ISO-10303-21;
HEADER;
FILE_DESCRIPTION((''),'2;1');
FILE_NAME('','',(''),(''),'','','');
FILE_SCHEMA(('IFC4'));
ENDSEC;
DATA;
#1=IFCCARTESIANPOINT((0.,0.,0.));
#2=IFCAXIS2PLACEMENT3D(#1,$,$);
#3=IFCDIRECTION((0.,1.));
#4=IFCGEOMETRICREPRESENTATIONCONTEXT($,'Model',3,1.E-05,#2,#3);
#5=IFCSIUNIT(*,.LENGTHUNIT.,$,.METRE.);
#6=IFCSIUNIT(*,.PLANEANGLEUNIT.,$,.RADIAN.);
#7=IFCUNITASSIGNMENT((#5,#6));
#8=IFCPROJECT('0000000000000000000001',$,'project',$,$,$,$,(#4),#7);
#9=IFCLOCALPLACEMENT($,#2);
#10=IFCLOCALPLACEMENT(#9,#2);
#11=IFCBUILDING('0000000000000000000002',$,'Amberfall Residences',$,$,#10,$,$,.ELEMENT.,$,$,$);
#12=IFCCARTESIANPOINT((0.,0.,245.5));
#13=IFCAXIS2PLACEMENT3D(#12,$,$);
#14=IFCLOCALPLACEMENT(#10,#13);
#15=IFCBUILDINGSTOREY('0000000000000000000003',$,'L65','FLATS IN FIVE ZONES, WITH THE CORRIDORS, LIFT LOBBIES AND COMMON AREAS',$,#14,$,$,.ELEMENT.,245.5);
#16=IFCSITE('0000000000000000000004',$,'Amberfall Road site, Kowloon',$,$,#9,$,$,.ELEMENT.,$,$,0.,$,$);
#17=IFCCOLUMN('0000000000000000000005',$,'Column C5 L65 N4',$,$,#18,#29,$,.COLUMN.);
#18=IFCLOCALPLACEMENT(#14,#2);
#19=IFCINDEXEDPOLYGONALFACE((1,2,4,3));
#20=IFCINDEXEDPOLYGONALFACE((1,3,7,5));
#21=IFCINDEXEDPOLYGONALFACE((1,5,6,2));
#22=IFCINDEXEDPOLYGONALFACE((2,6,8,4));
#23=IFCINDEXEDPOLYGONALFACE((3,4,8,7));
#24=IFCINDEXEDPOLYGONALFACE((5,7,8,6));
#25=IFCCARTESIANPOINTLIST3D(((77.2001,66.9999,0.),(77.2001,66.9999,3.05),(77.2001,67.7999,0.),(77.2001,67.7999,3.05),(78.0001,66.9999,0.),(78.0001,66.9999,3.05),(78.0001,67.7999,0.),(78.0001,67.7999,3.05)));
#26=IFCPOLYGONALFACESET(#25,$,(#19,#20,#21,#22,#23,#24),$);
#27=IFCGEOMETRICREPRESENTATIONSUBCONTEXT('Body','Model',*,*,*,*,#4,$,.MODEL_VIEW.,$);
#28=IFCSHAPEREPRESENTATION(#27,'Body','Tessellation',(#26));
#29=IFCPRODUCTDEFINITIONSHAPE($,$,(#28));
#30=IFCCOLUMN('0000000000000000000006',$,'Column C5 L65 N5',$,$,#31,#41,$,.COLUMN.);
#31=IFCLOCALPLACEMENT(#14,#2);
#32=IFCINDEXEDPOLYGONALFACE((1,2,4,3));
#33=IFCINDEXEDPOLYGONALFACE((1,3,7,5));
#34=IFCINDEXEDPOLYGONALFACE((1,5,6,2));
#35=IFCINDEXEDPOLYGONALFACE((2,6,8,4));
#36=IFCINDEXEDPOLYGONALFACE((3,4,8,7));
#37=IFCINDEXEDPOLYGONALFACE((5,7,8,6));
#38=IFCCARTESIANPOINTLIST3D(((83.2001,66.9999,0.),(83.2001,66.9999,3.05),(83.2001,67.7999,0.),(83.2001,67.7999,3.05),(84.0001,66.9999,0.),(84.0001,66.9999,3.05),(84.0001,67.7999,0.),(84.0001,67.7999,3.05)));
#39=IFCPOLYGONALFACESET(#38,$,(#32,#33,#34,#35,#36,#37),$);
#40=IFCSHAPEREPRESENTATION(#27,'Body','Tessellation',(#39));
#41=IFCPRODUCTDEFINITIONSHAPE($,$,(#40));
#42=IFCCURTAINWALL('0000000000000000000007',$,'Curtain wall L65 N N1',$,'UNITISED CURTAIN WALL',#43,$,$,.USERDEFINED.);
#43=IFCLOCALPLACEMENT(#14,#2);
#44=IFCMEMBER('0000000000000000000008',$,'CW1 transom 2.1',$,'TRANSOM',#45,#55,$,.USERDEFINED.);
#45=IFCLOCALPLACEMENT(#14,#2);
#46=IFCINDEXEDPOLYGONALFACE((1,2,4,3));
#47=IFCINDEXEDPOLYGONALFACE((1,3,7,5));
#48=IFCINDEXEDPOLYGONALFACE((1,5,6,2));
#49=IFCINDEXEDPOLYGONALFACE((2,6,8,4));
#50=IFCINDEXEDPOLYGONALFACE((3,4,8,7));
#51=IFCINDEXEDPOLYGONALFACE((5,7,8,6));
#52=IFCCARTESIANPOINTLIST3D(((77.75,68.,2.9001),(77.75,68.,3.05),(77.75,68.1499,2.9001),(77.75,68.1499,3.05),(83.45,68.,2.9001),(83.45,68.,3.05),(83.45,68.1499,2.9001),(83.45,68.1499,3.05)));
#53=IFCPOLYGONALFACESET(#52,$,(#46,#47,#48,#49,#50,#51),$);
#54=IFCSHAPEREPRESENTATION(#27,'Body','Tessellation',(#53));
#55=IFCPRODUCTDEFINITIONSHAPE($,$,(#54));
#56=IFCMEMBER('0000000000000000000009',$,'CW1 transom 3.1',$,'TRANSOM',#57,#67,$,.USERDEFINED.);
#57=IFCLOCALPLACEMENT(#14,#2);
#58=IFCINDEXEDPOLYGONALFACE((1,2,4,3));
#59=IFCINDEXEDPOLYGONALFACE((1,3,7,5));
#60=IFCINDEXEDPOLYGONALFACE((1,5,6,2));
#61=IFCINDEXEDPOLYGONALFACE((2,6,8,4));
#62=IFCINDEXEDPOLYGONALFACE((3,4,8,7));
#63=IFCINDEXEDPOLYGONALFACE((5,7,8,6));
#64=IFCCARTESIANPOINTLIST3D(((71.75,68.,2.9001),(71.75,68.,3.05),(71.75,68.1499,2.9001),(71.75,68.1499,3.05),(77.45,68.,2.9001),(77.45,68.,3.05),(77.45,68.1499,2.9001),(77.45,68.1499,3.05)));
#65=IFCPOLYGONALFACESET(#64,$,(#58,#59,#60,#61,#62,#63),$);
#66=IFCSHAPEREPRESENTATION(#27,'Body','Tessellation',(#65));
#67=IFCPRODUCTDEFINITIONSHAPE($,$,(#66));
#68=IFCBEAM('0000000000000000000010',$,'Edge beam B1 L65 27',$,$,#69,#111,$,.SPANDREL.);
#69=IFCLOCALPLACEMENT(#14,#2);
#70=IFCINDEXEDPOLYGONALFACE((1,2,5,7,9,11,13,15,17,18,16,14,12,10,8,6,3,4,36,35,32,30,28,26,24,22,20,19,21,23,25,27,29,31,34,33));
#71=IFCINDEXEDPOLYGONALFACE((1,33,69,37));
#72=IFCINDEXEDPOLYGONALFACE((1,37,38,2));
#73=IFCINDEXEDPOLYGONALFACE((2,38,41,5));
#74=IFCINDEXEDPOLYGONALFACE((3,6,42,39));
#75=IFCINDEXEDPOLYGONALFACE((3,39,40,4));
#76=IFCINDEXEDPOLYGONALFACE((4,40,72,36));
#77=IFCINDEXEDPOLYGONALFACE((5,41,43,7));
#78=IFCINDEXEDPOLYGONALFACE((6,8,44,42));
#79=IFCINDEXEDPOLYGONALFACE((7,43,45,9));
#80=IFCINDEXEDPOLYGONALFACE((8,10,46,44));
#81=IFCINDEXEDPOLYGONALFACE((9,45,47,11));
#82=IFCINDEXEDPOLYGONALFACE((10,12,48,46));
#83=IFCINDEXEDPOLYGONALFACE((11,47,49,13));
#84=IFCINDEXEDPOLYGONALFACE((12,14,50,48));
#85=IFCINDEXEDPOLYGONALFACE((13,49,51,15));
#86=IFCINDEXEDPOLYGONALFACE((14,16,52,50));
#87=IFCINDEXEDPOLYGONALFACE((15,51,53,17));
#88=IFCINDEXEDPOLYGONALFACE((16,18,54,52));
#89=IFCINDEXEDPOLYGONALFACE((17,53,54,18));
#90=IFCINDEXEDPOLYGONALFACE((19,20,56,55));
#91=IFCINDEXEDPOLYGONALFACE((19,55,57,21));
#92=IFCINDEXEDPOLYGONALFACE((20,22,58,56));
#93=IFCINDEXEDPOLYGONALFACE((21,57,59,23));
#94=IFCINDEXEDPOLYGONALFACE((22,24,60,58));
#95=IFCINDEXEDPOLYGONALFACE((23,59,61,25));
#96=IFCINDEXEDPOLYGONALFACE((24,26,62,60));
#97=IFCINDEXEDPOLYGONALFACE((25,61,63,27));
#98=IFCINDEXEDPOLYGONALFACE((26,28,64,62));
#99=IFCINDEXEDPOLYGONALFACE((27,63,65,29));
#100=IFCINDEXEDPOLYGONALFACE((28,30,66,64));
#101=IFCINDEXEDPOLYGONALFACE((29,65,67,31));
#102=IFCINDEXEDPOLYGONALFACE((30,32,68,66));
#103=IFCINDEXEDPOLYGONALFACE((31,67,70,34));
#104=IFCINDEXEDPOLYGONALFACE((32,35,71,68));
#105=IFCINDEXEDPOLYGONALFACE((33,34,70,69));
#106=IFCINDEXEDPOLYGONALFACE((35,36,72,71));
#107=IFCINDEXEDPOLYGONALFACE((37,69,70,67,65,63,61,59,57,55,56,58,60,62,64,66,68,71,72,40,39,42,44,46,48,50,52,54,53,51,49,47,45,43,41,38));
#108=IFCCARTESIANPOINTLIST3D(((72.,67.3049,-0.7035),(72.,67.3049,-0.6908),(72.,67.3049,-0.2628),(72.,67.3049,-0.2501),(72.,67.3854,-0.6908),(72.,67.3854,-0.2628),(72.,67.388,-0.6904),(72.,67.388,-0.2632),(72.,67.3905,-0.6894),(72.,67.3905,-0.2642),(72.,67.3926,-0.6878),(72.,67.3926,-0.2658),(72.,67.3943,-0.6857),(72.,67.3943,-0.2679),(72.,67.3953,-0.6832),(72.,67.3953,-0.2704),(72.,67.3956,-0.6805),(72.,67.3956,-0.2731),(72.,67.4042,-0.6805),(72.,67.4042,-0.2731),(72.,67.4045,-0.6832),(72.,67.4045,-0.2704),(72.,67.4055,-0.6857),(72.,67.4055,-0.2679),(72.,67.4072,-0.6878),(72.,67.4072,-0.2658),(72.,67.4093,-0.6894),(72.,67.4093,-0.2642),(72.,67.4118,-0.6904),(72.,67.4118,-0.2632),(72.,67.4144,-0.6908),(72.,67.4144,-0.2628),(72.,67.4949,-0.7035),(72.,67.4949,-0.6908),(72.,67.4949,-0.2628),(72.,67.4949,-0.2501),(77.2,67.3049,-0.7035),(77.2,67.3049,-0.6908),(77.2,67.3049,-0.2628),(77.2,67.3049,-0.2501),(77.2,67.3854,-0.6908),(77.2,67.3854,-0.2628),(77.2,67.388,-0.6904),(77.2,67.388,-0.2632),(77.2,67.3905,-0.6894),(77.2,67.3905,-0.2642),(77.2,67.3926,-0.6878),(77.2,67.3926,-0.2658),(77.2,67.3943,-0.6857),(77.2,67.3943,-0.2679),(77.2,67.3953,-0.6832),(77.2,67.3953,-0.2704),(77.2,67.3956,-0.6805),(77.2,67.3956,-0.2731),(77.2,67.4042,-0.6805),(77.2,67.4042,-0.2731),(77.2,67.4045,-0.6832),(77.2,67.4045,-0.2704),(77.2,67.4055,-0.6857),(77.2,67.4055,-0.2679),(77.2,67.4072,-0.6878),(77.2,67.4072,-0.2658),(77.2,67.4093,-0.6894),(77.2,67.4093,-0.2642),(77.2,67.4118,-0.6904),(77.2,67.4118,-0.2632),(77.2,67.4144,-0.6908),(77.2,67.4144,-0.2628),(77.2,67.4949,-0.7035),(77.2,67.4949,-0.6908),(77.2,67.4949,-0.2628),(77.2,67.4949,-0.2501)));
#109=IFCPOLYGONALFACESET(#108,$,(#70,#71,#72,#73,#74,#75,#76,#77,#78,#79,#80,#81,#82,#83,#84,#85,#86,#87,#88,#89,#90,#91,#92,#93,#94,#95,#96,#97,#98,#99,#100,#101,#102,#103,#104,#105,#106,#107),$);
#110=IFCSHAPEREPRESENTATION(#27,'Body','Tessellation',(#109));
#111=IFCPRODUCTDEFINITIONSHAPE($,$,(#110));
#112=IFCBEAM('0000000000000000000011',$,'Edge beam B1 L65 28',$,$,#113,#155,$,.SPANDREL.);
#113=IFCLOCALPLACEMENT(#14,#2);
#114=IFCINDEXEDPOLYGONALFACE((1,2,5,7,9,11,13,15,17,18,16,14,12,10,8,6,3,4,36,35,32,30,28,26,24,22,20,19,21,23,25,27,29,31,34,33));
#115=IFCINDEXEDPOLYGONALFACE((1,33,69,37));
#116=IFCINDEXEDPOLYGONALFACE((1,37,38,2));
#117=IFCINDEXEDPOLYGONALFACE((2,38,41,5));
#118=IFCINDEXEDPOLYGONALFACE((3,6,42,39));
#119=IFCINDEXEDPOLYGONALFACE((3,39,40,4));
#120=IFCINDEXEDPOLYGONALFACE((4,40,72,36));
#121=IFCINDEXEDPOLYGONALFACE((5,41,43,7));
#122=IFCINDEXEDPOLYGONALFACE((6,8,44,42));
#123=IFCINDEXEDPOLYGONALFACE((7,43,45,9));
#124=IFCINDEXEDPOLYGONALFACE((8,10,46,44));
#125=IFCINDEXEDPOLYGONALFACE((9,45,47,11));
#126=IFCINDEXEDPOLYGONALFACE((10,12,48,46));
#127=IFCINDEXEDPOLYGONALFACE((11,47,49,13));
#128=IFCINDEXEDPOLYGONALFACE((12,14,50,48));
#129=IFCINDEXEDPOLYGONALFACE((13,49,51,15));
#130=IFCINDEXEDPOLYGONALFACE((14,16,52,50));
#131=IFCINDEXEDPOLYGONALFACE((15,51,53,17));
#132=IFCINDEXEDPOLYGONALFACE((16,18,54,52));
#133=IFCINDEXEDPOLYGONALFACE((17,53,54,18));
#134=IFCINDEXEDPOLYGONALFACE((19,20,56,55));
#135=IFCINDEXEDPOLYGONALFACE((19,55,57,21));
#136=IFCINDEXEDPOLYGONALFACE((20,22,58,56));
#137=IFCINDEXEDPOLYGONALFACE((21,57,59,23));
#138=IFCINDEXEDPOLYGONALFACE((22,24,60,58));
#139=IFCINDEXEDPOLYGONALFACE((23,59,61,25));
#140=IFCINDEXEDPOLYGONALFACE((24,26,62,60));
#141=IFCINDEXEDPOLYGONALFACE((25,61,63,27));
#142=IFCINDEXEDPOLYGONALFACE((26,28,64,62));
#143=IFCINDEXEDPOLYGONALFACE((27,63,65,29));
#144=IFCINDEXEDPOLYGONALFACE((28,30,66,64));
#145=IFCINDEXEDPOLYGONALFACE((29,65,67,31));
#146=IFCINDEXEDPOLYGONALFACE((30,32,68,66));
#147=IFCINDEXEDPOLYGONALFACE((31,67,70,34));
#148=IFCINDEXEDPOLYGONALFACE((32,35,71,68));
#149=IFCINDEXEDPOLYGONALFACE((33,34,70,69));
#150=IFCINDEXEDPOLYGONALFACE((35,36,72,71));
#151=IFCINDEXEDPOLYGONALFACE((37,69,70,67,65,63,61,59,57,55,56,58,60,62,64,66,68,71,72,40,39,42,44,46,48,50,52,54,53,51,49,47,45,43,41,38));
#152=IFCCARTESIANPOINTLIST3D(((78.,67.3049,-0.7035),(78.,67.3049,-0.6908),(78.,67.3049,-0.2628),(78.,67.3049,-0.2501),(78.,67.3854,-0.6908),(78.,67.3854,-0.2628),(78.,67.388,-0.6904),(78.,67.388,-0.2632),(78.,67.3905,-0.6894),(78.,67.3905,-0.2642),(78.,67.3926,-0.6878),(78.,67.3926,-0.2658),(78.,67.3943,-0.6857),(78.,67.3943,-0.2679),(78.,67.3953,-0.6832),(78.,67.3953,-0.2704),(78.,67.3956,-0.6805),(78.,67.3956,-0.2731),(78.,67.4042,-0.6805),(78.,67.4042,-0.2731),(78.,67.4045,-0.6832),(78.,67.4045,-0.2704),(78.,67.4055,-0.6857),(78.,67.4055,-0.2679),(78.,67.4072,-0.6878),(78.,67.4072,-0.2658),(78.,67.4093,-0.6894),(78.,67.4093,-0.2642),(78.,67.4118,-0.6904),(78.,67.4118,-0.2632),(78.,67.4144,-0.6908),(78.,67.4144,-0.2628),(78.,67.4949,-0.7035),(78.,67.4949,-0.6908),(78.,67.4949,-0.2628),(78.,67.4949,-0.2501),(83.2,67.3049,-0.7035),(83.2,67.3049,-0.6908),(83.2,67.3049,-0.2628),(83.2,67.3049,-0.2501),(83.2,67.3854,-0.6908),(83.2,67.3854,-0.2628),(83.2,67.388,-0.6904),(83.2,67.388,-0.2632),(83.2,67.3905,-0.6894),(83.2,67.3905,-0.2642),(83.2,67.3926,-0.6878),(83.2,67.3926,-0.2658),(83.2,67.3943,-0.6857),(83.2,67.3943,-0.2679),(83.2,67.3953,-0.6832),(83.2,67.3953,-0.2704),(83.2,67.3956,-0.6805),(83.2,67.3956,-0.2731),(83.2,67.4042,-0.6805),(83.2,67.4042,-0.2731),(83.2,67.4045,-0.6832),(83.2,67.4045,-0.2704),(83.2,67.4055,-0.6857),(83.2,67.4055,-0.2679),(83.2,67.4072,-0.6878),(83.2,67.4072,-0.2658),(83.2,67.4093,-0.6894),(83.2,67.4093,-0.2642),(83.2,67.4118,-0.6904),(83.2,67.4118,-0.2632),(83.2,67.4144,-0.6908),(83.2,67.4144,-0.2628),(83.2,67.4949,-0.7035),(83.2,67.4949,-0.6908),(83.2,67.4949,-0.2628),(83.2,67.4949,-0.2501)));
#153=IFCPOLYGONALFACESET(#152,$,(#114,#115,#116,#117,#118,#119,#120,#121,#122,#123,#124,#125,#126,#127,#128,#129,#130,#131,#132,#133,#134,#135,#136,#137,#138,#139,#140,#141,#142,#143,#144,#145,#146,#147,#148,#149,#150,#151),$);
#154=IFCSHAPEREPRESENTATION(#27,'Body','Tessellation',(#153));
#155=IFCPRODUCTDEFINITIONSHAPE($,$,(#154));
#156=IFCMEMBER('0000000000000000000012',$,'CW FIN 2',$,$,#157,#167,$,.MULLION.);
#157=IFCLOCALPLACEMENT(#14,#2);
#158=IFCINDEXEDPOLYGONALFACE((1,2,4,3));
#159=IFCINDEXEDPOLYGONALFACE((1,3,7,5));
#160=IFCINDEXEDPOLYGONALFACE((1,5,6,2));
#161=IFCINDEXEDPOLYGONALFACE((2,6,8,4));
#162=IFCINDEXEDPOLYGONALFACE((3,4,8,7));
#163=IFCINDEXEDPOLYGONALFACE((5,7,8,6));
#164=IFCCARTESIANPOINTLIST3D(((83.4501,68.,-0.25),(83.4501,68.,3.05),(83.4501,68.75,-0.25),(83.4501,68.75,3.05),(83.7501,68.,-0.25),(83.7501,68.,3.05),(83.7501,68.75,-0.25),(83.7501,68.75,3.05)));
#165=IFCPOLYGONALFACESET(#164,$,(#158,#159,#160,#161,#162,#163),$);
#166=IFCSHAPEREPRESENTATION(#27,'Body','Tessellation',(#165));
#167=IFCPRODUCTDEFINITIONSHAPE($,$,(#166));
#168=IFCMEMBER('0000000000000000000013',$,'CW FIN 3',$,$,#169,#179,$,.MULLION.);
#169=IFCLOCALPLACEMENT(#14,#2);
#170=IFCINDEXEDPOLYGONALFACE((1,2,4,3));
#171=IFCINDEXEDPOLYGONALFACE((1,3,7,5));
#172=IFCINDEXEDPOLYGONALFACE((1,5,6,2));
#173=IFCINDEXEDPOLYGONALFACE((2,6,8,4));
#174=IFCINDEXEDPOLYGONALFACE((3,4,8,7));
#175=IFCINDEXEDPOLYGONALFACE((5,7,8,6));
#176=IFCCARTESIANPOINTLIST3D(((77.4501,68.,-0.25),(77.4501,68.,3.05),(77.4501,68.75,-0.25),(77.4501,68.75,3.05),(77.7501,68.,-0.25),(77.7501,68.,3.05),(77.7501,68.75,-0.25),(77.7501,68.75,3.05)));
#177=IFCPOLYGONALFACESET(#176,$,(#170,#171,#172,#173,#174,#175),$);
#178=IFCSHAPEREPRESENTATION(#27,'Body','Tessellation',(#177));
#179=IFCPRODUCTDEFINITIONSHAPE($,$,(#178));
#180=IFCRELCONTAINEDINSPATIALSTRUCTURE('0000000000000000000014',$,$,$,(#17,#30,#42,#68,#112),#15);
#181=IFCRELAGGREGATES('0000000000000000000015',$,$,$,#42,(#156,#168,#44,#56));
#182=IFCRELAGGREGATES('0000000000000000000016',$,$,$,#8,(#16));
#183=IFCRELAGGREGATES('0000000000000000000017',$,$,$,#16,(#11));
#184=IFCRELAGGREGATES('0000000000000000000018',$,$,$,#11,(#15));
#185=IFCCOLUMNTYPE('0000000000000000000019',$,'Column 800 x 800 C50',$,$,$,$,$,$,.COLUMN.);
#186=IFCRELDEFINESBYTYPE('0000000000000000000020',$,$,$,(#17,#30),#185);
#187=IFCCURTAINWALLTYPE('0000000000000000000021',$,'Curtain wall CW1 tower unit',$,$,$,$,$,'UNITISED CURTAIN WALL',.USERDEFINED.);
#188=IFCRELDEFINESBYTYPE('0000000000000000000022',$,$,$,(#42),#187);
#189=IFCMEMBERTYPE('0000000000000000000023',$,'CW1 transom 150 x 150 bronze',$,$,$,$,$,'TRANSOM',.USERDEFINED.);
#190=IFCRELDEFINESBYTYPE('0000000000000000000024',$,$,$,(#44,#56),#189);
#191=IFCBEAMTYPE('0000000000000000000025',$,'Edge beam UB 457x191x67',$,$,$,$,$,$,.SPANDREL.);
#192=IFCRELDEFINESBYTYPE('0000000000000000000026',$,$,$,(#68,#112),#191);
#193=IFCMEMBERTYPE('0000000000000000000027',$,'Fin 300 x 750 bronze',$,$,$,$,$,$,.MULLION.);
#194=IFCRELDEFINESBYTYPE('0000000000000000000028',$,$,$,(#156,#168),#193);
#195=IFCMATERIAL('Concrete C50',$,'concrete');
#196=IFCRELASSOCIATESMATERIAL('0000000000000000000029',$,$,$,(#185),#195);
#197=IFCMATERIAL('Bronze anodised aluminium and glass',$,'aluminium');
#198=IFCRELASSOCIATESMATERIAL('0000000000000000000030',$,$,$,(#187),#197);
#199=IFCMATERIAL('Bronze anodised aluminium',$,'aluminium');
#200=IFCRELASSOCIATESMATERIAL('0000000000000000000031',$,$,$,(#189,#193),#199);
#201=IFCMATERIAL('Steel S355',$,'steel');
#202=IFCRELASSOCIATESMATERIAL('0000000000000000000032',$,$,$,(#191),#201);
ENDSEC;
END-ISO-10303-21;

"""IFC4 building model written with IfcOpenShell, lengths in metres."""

from ifc_helpers import new_model, si_unit, direction, frame, origin, origin_2d, place, context, subcontext, project, spatial, rectangle, i_section, extrude, material, material_profile, profile_set, type_object, element, aggregate, save


model = new_model("IFC4")

# Units and contexts
model_context = context("Model", 3, precision=1e-05, world=origin(), true_north=direction((0.0, 1.0)))
body_context = subcontext(model_context, "Body", "Model", "MODEL_VIEW")
ifc_project = project(units=[si_unit("LENGTHUNIT", "METRE"), si_unit("PLANEANGLEUNIT", "RADIAN")], contexts=[model_context])

# Site, building, storey
site_placement = place(None, origin())
site = spatial("IfcSite", under=ifc_project, at=site_placement, Name="Amberfall Road site, Kowloon", CompositionType="ELEMENT", RefElevation=0.0)
building_placement = place(site_placement, origin())
building = spatial("IfcBuilding", under=site, at=building_placement, Name="Amberfall Residences", CompositionType="ELEMENT")
storey_placement = place(building_placement, frame((0.0, 0.0, 245.5)))
storey = spatial("IfcBuildingStorey", under=building, at=storey_placement, Name="L65", Description="FLATS IN FIVE ZONES, WITH THE CORRIDORS, LIFT LOBBIES AND COMMON AREAS", CompositionType="ELEMENT", Elevation=245.5)

# Columns
ifc_material_1 = material(Name="Concrete C50", Category="concrete")
ifc_material_profile_1 = material_profile(ifc_material_1, rectangle(XDim=0.8, YDim=0.8, at=origin_2d()), Name="Column 800 x 800 C50")
ifc_profile_set_1 = profile_set([ifc_material_profile_1], Name="Concrete C50")
column_type = type_object("IfcColumnType", Name="Column 800 x 800 C50", PredefinedType="COLUMN", material=ifc_profile_set_1)
for number, where, z_axis, x_axis, name in (
    (1, (77.6001, 67.3999, 0.0), (0.0, 0.0, 1.0), (1.0, 0.0, 0.0), "Column C5 L65 N4"),
    (2, (83.6001, 67.3999, 0.0), (0.0, 0.0, 1.0), (1.0, 0.0, 0.0), "Column C5 L65 N5"),
):
    element("IfcColumn", number, at=place(storey_placement, frame(where, z_axis=z_axis, x_axis=x_axis)), inside=storey, type_object=column_type, Name=name, PredefinedType="COLUMN", context=body_context, shape_type="SweptSolid", body=[
        extrude(rectangle(XDim=0.8, YDim=0.8, at=origin_2d()), origin(), (0.0, 0.0, 1.0), 3.05),
    ])

# Curtain wall, members
ifc_material_2 = material(Name="Bronze anodised aluminium and glass", Category="aluminium")
curtain_wall_type = type_object("IfcCurtainWallType", Name="Curtain wall CW1 tower unit", ElementType="UNITISED CURTAIN WALL", PredefinedType="USERDEFINED", material=ifc_material_2)
curtain_wall_placement = place(storey_placement, origin())
curtain_wall = element("IfcCurtainWall", 3, at=curtain_wall_placement, inside=storey, type_object=curtain_wall_type, Name="Curtain wall L65 N N1", ObjectType="UNITISED CURTAIN WALL", PredefinedType="USERDEFINED")
ifc_material_3 = material(Name="Bronze anodised aluminium", Category="aluminium")
ifc_material_profile_2 = material_profile(ifc_material_3, rectangle(XDim=0.1499, YDim=0.1499, at=origin_2d()), Name="CW1 transom 150 x 150 bronze")
ifc_profile_set_2 = profile_set([ifc_material_profile_2], Name="Bronze anodised aluminium")
member_type_1 = type_object("IfcMemberType", Name="CW1 transom 150 x 150 bronze", ElementType="TRANSOM", PredefinedType="USERDEFINED", material=ifc_profile_set_2)
member_1_placement = place(storey_placement, frame((83.45, 68.075, 2.9751), z_axis=(-1.0, 0.0, 0.0), x_axis=(0.0, -1.0, 0.0)))
member_1 = element("IfcMember", 4, at=member_1_placement, type_object=member_type_1, Name="CW1 transom 2.1", ObjectType="TRANSOM", PredefinedType="USERDEFINED", context=body_context, shape_type="SweptSolid", body=[
    extrude(rectangle(XDim=0.1499, YDim=0.1499, at=origin_2d()), origin(), (0.0, 0.0, 1.0), 5.7),
])
member_2_placement = place(storey_placement, frame((77.45, 68.075, 2.9751), z_axis=(-1.0, 0.0, 0.0), x_axis=(0.0, -1.0, 0.0)))
member_2 = element("IfcMember", 5, at=member_2_placement, type_object=member_type_1, Name="CW1 transom 3.1", ObjectType="TRANSOM", PredefinedType="USERDEFINED", context=body_context, shape_type="SweptSolid", body=[
    extrude(rectangle(XDim=0.1499, YDim=0.1499, at=origin_2d()), origin(), (0.0, 0.0, 1.0), 5.7),
])

# Beams
ifc_material_4 = material(Name="Steel S355", Category="steel")
ifc_material_profile_3 = material_profile(ifc_material_4, i_section(OverallWidth=0.1899, OverallDepth=0.4534, WebThickness=0.0085, FlangeThickness=0.0127, FilletRadius=0.0103, at=origin_2d()), Name="UB 457x191x67")
ifc_profile_set_3 = profile_set([ifc_material_profile_3], Name="Steel S355")
beam_type_1 = type_object("IfcBeamType", Name="Edge beam UB 457x191x67", PredefinedType="SPANDREL", material=ifc_profile_set_3)
for number, where, z_axis, x_axis, name in (
    (6, (72.0, 67.3999, -0.4768), (1.0, 0.0, 0.0), (0.0, 1.0, 0.0), "Edge beam B1 L65 27"),
    (7, (78.0, 67.3999, -0.4768), (1.0, 0.0, 0.0), (0.0, 1.0, 0.0), "Edge beam B1 L65 28"),
):
    element("IfcBeam", number, at=place(storey_placement, frame(where, z_axis=z_axis, x_axis=x_axis)), inside=storey, type_object=beam_type_1, Name=name, PredefinedType="SPANDREL", context=body_context, shape_type="SweptSolid", body=[
        extrude(i_section(OverallWidth=0.1899, OverallDepth=0.4534, WebThickness=0.0085, FlangeThickness=0.0127, FilletRadius=0.0103, at=origin_2d()), origin(), (0.0, 0.0, 1.0), 5.2),
    ])

# Members
ifc_material_profile_4 = material_profile(ifc_material_3, rectangle(XDim=0.75, YDim=0.3, at=origin_2d()), Name="Fin 300 x 750 bronze")
ifc_profile_set_4 = profile_set([ifc_material_profile_4], Name="Bronze anodised aluminium")
member_type_2 = type_object("IfcMemberType", Name="Fin 300 x 750 bronze", PredefinedType="MULLION", material=ifc_profile_set_4)
member_3_placement = place(storey_placement, frame((83.6001, 68.375, -0.25), z_axis=(0.0, 0.0, 1.0), x_axis=(0.0, -1.0, 0.0)))
member_3 = element("IfcMember", 8, at=member_3_placement, type_object=member_type_2, Name="CW FIN 2", PredefinedType="MULLION", context=body_context, shape_type="SweptSolid", body=[
    extrude(rectangle(XDim=0.75, YDim=0.3, at=origin_2d()), origin(), (0.0, 0.0, 1.0), 3.3),
])
member_4_placement = place(storey_placement, frame((77.6001, 68.375, -0.25), z_axis=(0.0, 0.0, 1.0), x_axis=(0.0, -1.0, 0.0)))
member_4 = element("IfcMember", 9, at=member_4_placement, type_object=member_type_2, Name="CW FIN 3", PredefinedType="MULLION", context=body_context, shape_type="SweptSolid", body=[
    extrude(rectangle(XDim=0.75, YDim=0.3, at=origin_2d()), origin(), (0.0, 0.0, 1.0), 3.3),
])

aggregate(curtain_wall, [member_3, member_4, member_1, member_2])

save(model, "model.ifc")
